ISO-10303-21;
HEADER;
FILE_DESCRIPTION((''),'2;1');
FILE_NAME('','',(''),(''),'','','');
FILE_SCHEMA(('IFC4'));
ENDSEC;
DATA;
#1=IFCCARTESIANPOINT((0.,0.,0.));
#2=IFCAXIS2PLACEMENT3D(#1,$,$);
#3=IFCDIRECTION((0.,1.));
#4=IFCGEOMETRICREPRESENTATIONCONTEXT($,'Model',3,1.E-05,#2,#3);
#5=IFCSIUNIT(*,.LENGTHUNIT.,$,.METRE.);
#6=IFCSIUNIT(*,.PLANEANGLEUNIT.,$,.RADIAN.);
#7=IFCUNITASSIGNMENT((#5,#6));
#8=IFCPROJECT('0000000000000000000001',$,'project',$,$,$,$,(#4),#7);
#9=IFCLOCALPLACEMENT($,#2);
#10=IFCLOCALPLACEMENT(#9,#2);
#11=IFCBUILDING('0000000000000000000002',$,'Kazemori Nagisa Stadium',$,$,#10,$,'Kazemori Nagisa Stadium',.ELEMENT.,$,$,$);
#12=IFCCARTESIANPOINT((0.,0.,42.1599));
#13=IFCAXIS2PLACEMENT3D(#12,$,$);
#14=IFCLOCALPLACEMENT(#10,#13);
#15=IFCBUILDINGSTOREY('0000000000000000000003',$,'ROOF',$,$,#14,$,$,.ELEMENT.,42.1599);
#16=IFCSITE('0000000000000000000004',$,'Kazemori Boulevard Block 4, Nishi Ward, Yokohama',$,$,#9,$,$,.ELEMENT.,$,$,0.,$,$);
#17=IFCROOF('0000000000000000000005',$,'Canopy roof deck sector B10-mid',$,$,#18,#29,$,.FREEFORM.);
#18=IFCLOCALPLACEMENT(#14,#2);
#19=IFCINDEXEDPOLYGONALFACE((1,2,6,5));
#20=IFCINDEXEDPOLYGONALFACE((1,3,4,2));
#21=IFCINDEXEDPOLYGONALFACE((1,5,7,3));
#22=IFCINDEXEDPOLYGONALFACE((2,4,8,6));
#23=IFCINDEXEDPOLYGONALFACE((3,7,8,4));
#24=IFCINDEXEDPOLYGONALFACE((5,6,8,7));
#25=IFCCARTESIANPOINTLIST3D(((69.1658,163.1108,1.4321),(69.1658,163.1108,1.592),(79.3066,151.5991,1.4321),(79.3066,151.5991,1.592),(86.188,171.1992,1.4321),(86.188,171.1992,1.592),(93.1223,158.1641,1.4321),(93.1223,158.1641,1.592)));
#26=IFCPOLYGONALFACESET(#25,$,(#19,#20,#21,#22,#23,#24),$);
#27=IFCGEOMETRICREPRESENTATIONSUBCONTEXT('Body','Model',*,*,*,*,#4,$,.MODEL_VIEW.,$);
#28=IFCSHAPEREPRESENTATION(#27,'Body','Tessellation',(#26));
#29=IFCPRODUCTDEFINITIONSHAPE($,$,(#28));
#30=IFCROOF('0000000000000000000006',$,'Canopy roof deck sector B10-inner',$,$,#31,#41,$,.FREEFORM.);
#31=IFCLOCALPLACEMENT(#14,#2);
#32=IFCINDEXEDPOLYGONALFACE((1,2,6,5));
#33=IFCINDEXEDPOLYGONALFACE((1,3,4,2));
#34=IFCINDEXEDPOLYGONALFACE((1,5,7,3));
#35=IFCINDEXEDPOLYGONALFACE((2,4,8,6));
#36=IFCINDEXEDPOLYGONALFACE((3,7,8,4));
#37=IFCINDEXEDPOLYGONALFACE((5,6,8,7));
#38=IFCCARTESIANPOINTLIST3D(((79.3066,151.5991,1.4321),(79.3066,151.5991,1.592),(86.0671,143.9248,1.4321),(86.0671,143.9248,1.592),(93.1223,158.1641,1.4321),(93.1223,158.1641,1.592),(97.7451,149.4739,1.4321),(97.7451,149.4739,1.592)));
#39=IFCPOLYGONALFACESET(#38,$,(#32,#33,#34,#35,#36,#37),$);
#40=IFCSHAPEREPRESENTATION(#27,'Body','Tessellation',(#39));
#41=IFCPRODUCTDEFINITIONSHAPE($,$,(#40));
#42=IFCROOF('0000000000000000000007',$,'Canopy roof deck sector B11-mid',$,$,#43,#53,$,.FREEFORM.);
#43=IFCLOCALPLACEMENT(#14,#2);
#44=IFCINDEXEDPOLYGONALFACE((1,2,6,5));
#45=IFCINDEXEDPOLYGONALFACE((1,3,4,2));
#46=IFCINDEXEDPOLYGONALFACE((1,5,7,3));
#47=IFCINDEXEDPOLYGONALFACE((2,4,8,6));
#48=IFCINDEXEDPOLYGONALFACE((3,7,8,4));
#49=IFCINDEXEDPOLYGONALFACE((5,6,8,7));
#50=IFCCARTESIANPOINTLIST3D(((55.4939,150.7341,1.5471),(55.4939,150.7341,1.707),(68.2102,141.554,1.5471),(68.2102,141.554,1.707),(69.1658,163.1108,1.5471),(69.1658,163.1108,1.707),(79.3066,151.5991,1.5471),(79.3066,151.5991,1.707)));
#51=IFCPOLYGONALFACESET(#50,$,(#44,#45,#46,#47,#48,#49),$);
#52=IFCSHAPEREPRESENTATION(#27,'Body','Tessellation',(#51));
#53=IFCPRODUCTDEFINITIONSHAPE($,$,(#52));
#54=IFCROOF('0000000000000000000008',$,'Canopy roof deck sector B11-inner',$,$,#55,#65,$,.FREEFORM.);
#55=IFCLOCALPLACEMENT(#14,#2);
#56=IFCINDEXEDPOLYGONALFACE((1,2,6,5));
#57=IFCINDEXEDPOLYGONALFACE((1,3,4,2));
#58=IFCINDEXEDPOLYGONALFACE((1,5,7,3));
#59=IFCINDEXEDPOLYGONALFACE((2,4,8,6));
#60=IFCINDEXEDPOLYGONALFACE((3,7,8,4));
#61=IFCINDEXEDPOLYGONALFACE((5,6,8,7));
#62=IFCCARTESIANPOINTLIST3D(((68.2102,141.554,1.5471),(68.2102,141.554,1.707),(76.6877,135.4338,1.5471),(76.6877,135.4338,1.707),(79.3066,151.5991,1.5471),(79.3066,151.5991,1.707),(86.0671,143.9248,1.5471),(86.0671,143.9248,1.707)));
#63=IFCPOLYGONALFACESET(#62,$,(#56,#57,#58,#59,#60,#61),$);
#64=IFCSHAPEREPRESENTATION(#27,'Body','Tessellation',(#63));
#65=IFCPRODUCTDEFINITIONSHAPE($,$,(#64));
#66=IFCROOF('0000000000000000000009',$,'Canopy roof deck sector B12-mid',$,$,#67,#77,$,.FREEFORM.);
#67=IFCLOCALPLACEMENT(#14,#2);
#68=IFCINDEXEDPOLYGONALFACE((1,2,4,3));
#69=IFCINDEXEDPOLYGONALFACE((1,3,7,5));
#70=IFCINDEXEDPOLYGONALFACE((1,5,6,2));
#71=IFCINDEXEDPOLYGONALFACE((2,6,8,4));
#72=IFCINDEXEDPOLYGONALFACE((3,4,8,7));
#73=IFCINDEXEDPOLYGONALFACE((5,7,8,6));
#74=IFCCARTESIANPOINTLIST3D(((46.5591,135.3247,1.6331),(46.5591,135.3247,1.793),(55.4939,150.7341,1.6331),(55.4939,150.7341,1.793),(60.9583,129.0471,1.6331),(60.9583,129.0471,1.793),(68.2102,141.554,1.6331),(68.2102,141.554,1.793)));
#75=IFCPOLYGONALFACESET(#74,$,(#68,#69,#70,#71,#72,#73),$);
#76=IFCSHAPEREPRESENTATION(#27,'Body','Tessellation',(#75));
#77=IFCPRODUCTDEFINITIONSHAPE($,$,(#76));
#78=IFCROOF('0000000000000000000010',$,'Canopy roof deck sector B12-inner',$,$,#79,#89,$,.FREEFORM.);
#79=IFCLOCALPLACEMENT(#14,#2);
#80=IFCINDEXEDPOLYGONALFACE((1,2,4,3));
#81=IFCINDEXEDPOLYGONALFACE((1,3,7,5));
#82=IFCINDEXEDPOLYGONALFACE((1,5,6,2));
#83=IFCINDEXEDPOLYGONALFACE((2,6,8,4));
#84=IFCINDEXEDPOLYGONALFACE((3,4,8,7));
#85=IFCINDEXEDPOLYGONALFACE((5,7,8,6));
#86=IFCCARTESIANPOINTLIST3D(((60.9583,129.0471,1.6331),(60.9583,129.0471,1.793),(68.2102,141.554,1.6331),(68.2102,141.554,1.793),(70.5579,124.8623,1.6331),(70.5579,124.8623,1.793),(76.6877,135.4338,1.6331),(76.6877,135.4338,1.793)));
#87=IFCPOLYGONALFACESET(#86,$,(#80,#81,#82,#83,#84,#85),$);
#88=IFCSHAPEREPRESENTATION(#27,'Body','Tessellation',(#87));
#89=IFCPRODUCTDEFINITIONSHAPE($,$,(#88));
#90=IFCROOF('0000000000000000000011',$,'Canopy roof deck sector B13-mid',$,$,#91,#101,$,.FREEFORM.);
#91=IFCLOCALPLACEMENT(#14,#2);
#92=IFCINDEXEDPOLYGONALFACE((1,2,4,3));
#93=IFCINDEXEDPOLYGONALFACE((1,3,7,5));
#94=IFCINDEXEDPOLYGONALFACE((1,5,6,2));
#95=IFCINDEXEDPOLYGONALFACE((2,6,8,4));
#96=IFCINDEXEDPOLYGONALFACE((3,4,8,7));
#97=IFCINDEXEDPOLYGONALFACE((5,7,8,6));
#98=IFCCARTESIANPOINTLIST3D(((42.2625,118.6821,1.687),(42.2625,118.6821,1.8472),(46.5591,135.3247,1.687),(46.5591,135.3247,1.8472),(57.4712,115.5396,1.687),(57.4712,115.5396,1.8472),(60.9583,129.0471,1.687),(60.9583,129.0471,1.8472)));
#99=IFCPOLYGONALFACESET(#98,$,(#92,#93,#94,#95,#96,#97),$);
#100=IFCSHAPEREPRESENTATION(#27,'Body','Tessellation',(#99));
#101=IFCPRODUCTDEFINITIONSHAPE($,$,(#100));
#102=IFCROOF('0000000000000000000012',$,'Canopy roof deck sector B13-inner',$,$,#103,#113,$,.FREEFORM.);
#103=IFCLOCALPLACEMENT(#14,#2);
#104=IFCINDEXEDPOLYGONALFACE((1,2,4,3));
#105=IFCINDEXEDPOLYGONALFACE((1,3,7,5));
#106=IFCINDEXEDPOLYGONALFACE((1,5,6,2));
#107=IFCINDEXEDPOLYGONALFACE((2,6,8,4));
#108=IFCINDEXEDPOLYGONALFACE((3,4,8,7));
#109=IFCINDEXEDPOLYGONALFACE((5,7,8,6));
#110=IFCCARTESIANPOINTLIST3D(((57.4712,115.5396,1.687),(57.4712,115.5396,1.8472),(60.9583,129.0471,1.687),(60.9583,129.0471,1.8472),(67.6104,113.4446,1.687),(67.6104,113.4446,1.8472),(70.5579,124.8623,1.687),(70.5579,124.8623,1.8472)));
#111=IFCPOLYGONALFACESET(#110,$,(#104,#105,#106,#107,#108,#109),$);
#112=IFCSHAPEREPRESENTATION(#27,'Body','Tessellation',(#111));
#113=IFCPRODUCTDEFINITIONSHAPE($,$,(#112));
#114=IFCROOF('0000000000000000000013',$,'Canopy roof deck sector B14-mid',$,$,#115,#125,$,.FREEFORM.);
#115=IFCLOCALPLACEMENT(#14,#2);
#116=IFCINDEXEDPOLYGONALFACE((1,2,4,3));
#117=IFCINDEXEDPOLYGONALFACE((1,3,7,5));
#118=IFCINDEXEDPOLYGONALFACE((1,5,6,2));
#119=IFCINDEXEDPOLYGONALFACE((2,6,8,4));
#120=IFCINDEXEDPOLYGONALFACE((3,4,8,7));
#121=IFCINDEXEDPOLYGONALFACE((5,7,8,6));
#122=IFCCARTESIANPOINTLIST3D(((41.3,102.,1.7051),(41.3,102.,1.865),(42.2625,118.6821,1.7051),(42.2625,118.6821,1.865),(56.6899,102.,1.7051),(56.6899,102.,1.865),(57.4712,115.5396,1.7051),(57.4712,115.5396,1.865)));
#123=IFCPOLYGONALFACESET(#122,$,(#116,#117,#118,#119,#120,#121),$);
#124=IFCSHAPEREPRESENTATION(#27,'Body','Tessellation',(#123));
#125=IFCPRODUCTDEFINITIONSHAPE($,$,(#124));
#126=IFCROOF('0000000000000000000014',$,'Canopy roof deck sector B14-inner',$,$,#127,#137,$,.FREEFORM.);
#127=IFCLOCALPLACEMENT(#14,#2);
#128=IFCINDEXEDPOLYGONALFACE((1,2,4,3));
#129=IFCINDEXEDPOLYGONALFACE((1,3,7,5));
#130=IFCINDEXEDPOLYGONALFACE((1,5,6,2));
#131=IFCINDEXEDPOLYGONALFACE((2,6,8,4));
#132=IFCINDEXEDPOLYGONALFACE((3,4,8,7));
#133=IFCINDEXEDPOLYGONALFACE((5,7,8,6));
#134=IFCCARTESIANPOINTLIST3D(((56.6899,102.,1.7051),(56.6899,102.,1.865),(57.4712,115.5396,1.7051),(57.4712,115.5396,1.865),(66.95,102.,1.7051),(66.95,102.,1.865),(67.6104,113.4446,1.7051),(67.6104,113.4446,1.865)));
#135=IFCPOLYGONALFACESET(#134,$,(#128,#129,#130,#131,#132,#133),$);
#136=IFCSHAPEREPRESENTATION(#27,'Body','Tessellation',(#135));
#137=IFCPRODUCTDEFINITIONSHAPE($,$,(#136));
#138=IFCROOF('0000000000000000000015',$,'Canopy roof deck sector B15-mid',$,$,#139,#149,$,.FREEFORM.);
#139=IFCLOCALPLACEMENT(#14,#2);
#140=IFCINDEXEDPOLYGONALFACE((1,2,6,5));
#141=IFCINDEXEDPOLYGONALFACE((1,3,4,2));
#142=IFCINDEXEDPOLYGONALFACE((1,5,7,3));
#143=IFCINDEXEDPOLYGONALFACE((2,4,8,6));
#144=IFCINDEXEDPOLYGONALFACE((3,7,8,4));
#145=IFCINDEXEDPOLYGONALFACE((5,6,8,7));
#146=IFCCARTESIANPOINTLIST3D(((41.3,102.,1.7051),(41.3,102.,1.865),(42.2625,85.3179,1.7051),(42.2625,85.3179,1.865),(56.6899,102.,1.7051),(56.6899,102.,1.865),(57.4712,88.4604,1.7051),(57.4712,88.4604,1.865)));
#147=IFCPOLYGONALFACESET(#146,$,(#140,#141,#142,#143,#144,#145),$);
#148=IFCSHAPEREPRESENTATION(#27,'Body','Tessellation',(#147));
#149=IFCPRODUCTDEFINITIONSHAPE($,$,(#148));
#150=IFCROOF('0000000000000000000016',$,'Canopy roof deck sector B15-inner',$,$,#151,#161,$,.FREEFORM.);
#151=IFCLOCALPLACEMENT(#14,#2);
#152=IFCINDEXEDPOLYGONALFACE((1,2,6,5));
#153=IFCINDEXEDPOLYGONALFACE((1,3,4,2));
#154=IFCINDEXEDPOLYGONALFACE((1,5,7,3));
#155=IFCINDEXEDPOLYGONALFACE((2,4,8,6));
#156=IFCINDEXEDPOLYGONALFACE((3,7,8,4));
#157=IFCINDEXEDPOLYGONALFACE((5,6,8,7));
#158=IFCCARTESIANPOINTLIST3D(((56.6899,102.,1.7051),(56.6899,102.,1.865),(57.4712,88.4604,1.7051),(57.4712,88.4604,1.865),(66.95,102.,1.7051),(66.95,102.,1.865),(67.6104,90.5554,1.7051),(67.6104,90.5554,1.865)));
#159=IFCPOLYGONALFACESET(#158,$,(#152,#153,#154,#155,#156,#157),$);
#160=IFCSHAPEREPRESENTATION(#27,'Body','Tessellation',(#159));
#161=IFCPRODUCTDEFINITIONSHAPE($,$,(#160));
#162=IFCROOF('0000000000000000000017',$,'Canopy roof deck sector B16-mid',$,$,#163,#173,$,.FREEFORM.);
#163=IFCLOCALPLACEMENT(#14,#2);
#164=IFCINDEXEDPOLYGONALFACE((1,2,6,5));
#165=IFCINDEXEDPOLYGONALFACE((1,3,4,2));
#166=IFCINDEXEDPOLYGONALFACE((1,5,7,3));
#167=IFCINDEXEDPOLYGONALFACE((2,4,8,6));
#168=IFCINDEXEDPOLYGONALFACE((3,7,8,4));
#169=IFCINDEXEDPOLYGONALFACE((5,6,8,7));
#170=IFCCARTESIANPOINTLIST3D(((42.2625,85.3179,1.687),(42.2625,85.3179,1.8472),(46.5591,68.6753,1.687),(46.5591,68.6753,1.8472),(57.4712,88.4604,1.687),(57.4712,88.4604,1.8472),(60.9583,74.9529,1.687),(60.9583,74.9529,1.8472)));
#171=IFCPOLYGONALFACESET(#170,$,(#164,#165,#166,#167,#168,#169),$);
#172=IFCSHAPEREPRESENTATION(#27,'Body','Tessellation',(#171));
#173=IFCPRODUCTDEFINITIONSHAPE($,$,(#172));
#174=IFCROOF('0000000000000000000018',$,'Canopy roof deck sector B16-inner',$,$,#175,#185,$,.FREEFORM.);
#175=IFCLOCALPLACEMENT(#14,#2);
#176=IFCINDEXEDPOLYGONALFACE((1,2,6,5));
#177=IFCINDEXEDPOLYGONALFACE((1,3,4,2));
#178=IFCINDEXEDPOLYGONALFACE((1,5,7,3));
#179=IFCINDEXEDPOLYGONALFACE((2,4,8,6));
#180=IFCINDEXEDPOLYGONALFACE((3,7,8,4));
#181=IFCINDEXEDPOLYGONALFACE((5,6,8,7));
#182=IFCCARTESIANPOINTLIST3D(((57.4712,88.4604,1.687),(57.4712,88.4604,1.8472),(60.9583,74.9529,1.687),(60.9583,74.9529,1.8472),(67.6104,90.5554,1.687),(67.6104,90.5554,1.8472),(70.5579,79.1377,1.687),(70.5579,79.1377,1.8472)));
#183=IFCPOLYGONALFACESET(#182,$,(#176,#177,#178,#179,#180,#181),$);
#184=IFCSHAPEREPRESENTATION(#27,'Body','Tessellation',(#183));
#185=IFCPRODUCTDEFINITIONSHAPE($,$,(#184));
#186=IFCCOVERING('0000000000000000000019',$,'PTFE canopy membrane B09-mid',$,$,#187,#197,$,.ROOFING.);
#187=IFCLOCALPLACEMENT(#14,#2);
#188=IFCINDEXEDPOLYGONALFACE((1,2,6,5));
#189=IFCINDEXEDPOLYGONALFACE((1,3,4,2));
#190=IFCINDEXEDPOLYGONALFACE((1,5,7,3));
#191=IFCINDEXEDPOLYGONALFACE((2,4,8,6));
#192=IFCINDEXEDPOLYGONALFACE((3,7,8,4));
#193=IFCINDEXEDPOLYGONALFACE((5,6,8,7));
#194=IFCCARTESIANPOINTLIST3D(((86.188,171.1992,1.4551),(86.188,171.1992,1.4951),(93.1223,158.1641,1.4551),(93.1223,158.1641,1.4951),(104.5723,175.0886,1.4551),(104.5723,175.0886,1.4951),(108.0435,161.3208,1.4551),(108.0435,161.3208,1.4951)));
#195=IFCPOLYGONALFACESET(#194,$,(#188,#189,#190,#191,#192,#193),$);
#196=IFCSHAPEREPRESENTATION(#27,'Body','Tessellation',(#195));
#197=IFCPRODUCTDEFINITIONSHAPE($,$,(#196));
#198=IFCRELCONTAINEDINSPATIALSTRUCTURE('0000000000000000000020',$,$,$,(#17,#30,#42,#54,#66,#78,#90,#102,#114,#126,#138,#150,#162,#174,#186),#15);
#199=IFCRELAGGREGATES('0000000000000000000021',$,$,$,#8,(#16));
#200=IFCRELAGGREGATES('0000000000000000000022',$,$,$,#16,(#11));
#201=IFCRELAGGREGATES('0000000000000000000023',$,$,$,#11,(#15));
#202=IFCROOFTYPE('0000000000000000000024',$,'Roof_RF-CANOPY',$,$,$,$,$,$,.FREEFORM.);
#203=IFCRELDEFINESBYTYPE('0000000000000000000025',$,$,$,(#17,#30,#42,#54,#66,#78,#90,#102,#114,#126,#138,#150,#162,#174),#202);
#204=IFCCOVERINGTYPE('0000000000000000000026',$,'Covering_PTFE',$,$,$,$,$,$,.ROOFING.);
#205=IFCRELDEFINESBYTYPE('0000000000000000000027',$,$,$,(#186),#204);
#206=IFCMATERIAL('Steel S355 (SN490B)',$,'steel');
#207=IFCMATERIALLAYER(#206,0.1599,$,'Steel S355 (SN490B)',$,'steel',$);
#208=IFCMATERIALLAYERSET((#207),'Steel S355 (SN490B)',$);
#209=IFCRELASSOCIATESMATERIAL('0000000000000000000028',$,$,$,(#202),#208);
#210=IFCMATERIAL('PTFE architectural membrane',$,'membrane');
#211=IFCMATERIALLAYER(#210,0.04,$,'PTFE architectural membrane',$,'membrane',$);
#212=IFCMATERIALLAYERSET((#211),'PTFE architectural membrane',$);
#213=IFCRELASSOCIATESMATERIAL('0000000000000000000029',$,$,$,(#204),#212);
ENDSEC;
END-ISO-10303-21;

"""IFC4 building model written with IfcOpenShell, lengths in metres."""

from ifc_helpers import new_model, si_unit, direction, frame, origin, place, context, subcontext, project, spatial, polyline, outline, extrude, material, layer, layer_set, type_object, element, save


model = new_model("IFC4")

# Units and contexts
model_context = context("Model", 3, precision=1e-05, world=origin(), true_north=direction((0.0, 1.0)))
body_context = subcontext(model_context, "Body", "Model", "MODEL_VIEW")
ifc_project = project(units=[si_unit("LENGTHUNIT", "METRE"), si_unit("PLANEANGLEUNIT", "RADIAN")], contexts=[model_context])

# Site, building, storey
site_placement = place(None, origin())
site = spatial("IfcSite", under=ifc_project, at=site_placement, Name="Kazemori Boulevard Block 4, Nishi Ward, Yokohama", CompositionType="ELEMENT", RefElevation=0.0)
building_placement = place(site_placement, origin())
building = spatial("IfcBuilding", under=site, at=building_placement, Name="Kazemori Nagisa Stadium", LongName="Kazemori Nagisa Stadium", CompositionType="ELEMENT")
storey_placement = place(building_placement, frame((0.0, 0.0, 42.1599)))
storey = spatial("IfcBuildingStorey", under=building, at=storey_placement, Name="ROOF", CompositionType="ELEMENT", Elevation=42.1599)

# Roofs
ifc_material_1 = material(Name="Steel S355 (SN490B)", Category="steel")
ifc_layer_1 = layer(ifc_material_1, 0.1599, Name="Steel S355 (SN490B)", Category="steel")
ifc_layer_set_1 = layer_set([ifc_layer_1], Name="Steel S355 (SN490B)")
roof_type = type_object("IfcRoofType", Name="Roof_RF-CANOPY", PredefinedType="FREEFORM", material=ifc_layer_set_1)
roof_1_placement = place(storey_placement, frame((0.0, 0.0, 1.4321)))
element("IfcRoof", 1, at=roof_1_placement, inside=storey, type_object=roof_type, Name="Canopy roof deck sector B10-mid", PredefinedType="FREEFORM", context=body_context, shape_type="SweptSolid", body=[
    extrude(outline(polyline([(86.188, 171.1992), (69.1658, 163.1108), (79.3066, 151.5991), (93.1223, 158.1641), (86.188, 171.1992)])), origin(), (0.0, 0.0, 1.0), 0.1599),
])
roof_2_placement = place(storey_placement, frame((0.0, 0.0, 1.4321)))
element("IfcRoof", 2, at=roof_2_placement, inside=storey, type_object=roof_type, Name="Canopy roof deck sector B10-inner", PredefinedType="FREEFORM", context=body_context, shape_type="SweptSolid", body=[
    extrude(outline(polyline([(93.1223, 158.1641), (79.3066, 151.5991), (86.0671, 143.9248), (97.7451, 149.4739), (93.1223, 158.1641)])), origin(), (0.0, 0.0, 1.0), 0.1599),
])
roof_3_placement = place(storey_placement, frame((0.0, 0.0, 1.5471)))
element("IfcRoof", 3, at=roof_3_placement, inside=storey, type_object=roof_type, Name="Canopy roof deck sector B11-mid", PredefinedType="FREEFORM", context=body_context, shape_type="SweptSolid", body=[
    extrude(outline(polyline([(69.1658, 163.1108), (55.4939, 150.7341), (68.2102, 141.554), (79.3066, 151.5991), (69.1658, 163.1108)])), origin(), (0.0, 0.0, 1.0), 0.1599),
])
roof_4_placement = place(storey_placement, frame((0.0, 0.0, 1.5471)))
element("IfcRoof", 4, at=roof_4_placement, inside=storey, type_object=roof_type, Name="Canopy roof deck sector B11-inner", PredefinedType="FREEFORM", context=body_context, shape_type="SweptSolid", body=[
    extrude(outline(polyline([(79.3066, 151.5991), (68.2102, 141.554), (76.6877, 135.4338), (86.0671, 143.9248), (79.3066, 151.5991)])), origin(), (0.0, 0.0, 1.0), 0.1599),
])
roof_5_placement = place(storey_placement, frame((0.0, 0.0, 1.6331)))
element("IfcRoof", 5, at=roof_5_placement, inside=storey, type_object=roof_type, Name="Canopy roof deck sector B12-mid", PredefinedType="FREEFORM", context=body_context, shape_type="SweptSolid", body=[
    extrude(outline(polyline([(55.4939, 150.7341), (46.5591, 135.3247), (60.9583, 129.0471), (68.2102, 141.554), (55.4939, 150.7341)])), origin(), (0.0, 0.0, 1.0), 0.1599),
])
roof_6_placement = place(storey_placement, frame((0.0, 0.0, 1.6331)))
element("IfcRoof", 6, at=roof_6_placement, inside=storey, type_object=roof_type, Name="Canopy roof deck sector B12-inner", PredefinedType="FREEFORM", context=body_context, shape_type="SweptSolid", body=[
    extrude(outline(polyline([(68.2102, 141.554), (60.9583, 129.0471), (70.5579, 124.8623), (76.6877, 135.4338), (68.2102, 141.554)])), origin(), (0.0, 0.0, 1.0), 0.1599),
])
roof_7_placement = place(storey_placement, frame((0.0, 0.0, 1.687)))
element("IfcRoof", 7, at=roof_7_placement, inside=storey, type_object=roof_type, Name="Canopy roof deck sector B13-mid", PredefinedType="FREEFORM", context=body_context, shape_type="SweptSolid", body=[
    extrude(outline(polyline([(46.5591, 135.3247), (42.2625, 118.6821), (57.4712, 115.5396), (60.9583, 129.0471), (46.5591, 135.3247)])), origin(), (0.0, 0.0, 1.0), 0.1602),
])
roof_8_placement = place(storey_placement, frame((0.0, 0.0, 1.687)))
element("IfcRoof", 8, at=roof_8_placement, inside=storey, type_object=roof_type, Name="Canopy roof deck sector B13-inner", PredefinedType="FREEFORM", context=body_context, shape_type="SweptSolid", body=[
    extrude(outline(polyline([(60.9583, 129.0471), (57.4712, 115.5396), (67.6104, 113.4446), (70.5579, 124.8623), (60.9583, 129.0471)])), origin(), (0.0, 0.0, 1.0), 0.1602),
])
roof_9_placement = place(storey_placement, frame((0.0, 0.0, 1.7051)))
element("IfcRoof", 9, at=roof_9_placement, inside=storey, type_object=roof_type, Name="Canopy roof deck sector B14-mid", PredefinedType="FREEFORM", context=body_context, shape_type="SweptSolid", body=[
    extrude(outline(polyline([(42.2625, 118.6821), (41.3, 102.0), (56.6899, 102.0), (57.4712, 115.5396), (42.2625, 118.6821)])), origin(), (0.0, 0.0, 1.0), 0.1599),
])
roof_10_placement = place(storey_placement, frame((0.0, 0.0, 1.7051)))
element("IfcRoof", 10, at=roof_10_placement, inside=storey, type_object=roof_type, Name="Canopy roof deck sector B14-inner", PredefinedType="FREEFORM", context=body_context, shape_type="SweptSolid", body=[
    extrude(outline(polyline([(57.4712, 115.5396), (56.6899, 102.0), (66.95, 102.0), (67.6104, 113.4446), (57.4712, 115.5396)])), origin(), (0.0, 0.0, 1.0), 0.1599),
])
roof_11_placement = place(storey_placement, frame((0.0, 0.0, 1.7051)))
element("IfcRoof", 11, at=roof_11_placement, inside=storey, type_object=roof_type, Name="Canopy roof deck sector B15-mid", PredefinedType="FREEFORM", context=body_context, shape_type="SweptSolid", body=[
    extrude(outline(polyline([(41.3, 102.0), (42.2625, 85.3179), (57.4712, 88.4604), (56.6899, 102.0), (41.3, 102.0)])), origin(), (0.0, 0.0, 1.0), 0.1599),
])
roof_12_placement = place(storey_placement, frame((0.0, 0.0, 1.7051)))
element("IfcRoof", 12, at=roof_12_placement, inside=storey, type_object=roof_type, Name="Canopy roof deck sector B15-inner", PredefinedType="FREEFORM", context=body_context, shape_type="SweptSolid", body=[
    extrude(outline(polyline([(56.6899, 102.0), (57.4712, 88.4604), (67.6104, 90.5554), (66.95, 102.0), (56.6899, 102.0)])), origin(), (0.0, 0.0, 1.0), 0.1599),
])
roof_13_placement = place(storey_placement, frame((0.0, 0.0, 1.687)))
element("IfcRoof", 13, at=roof_13_placement, inside=storey, type_object=roof_type, Name="Canopy roof deck sector B16-mid", PredefinedType="FREEFORM", context=body_context, shape_type="SweptSolid", body=[
    extrude(outline(polyline([(42.2625, 85.3179), (46.5591, 68.6753), (60.9583, 74.9529), (57.4712, 88.4604), (42.2625, 85.3179)])), origin(), (0.0, 0.0, 1.0), 0.1602),
])
roof_14_placement = place(storey_placement, frame((0.0, 0.0, 1.687)))
element("IfcRoof", 14, at=roof_14_placement, inside=storey, type_object=roof_type, Name="Canopy roof deck sector B16-inner", PredefinedType="FREEFORM", context=body_context, shape_type="SweptSolid", body=[
    extrude(outline(polyline([(57.4712, 88.4604), (60.9583, 74.9529), (70.5579, 79.1377), (67.6104, 90.5554), (57.4712, 88.4604)])), origin(), (0.0, 0.0, 1.0), 0.1602),
])

# Covering
ifc_material_2 = material(Name="PTFE architectural membrane", Category="membrane")
ifc_layer_2 = layer(ifc_material_2, 0.04, Name="PTFE architectural membrane", Category="membrane")
ifc_layer_set_2 = layer_set([ifc_layer_2], Name="PTFE architectural membrane")
covering_type = type_object("IfcCoveringType", Name="Covering_PTFE", PredefinedType="ROOFING", material=ifc_layer_set_2)
covering_1_placement = place(storey_placement, frame((0.0, 0.0, 1.4551)))
element("IfcCovering", 15, at=covering_1_placement, inside=storey, type_object=covering_type, Name="PTFE canopy membrane B09-mid", PredefinedType="ROOFING", context=body_context, shape_type="SweptSolid", body=[
    extrude(outline(polyline([(104.5723, 175.0886), (86.188, 171.1992), (93.1223, 158.1641), (108.0435, 161.3208), (104.5723, 175.0886)])), origin(), (0.0, 0.0, 1.0), 0.04),
])

save(model, "model.ifc")
